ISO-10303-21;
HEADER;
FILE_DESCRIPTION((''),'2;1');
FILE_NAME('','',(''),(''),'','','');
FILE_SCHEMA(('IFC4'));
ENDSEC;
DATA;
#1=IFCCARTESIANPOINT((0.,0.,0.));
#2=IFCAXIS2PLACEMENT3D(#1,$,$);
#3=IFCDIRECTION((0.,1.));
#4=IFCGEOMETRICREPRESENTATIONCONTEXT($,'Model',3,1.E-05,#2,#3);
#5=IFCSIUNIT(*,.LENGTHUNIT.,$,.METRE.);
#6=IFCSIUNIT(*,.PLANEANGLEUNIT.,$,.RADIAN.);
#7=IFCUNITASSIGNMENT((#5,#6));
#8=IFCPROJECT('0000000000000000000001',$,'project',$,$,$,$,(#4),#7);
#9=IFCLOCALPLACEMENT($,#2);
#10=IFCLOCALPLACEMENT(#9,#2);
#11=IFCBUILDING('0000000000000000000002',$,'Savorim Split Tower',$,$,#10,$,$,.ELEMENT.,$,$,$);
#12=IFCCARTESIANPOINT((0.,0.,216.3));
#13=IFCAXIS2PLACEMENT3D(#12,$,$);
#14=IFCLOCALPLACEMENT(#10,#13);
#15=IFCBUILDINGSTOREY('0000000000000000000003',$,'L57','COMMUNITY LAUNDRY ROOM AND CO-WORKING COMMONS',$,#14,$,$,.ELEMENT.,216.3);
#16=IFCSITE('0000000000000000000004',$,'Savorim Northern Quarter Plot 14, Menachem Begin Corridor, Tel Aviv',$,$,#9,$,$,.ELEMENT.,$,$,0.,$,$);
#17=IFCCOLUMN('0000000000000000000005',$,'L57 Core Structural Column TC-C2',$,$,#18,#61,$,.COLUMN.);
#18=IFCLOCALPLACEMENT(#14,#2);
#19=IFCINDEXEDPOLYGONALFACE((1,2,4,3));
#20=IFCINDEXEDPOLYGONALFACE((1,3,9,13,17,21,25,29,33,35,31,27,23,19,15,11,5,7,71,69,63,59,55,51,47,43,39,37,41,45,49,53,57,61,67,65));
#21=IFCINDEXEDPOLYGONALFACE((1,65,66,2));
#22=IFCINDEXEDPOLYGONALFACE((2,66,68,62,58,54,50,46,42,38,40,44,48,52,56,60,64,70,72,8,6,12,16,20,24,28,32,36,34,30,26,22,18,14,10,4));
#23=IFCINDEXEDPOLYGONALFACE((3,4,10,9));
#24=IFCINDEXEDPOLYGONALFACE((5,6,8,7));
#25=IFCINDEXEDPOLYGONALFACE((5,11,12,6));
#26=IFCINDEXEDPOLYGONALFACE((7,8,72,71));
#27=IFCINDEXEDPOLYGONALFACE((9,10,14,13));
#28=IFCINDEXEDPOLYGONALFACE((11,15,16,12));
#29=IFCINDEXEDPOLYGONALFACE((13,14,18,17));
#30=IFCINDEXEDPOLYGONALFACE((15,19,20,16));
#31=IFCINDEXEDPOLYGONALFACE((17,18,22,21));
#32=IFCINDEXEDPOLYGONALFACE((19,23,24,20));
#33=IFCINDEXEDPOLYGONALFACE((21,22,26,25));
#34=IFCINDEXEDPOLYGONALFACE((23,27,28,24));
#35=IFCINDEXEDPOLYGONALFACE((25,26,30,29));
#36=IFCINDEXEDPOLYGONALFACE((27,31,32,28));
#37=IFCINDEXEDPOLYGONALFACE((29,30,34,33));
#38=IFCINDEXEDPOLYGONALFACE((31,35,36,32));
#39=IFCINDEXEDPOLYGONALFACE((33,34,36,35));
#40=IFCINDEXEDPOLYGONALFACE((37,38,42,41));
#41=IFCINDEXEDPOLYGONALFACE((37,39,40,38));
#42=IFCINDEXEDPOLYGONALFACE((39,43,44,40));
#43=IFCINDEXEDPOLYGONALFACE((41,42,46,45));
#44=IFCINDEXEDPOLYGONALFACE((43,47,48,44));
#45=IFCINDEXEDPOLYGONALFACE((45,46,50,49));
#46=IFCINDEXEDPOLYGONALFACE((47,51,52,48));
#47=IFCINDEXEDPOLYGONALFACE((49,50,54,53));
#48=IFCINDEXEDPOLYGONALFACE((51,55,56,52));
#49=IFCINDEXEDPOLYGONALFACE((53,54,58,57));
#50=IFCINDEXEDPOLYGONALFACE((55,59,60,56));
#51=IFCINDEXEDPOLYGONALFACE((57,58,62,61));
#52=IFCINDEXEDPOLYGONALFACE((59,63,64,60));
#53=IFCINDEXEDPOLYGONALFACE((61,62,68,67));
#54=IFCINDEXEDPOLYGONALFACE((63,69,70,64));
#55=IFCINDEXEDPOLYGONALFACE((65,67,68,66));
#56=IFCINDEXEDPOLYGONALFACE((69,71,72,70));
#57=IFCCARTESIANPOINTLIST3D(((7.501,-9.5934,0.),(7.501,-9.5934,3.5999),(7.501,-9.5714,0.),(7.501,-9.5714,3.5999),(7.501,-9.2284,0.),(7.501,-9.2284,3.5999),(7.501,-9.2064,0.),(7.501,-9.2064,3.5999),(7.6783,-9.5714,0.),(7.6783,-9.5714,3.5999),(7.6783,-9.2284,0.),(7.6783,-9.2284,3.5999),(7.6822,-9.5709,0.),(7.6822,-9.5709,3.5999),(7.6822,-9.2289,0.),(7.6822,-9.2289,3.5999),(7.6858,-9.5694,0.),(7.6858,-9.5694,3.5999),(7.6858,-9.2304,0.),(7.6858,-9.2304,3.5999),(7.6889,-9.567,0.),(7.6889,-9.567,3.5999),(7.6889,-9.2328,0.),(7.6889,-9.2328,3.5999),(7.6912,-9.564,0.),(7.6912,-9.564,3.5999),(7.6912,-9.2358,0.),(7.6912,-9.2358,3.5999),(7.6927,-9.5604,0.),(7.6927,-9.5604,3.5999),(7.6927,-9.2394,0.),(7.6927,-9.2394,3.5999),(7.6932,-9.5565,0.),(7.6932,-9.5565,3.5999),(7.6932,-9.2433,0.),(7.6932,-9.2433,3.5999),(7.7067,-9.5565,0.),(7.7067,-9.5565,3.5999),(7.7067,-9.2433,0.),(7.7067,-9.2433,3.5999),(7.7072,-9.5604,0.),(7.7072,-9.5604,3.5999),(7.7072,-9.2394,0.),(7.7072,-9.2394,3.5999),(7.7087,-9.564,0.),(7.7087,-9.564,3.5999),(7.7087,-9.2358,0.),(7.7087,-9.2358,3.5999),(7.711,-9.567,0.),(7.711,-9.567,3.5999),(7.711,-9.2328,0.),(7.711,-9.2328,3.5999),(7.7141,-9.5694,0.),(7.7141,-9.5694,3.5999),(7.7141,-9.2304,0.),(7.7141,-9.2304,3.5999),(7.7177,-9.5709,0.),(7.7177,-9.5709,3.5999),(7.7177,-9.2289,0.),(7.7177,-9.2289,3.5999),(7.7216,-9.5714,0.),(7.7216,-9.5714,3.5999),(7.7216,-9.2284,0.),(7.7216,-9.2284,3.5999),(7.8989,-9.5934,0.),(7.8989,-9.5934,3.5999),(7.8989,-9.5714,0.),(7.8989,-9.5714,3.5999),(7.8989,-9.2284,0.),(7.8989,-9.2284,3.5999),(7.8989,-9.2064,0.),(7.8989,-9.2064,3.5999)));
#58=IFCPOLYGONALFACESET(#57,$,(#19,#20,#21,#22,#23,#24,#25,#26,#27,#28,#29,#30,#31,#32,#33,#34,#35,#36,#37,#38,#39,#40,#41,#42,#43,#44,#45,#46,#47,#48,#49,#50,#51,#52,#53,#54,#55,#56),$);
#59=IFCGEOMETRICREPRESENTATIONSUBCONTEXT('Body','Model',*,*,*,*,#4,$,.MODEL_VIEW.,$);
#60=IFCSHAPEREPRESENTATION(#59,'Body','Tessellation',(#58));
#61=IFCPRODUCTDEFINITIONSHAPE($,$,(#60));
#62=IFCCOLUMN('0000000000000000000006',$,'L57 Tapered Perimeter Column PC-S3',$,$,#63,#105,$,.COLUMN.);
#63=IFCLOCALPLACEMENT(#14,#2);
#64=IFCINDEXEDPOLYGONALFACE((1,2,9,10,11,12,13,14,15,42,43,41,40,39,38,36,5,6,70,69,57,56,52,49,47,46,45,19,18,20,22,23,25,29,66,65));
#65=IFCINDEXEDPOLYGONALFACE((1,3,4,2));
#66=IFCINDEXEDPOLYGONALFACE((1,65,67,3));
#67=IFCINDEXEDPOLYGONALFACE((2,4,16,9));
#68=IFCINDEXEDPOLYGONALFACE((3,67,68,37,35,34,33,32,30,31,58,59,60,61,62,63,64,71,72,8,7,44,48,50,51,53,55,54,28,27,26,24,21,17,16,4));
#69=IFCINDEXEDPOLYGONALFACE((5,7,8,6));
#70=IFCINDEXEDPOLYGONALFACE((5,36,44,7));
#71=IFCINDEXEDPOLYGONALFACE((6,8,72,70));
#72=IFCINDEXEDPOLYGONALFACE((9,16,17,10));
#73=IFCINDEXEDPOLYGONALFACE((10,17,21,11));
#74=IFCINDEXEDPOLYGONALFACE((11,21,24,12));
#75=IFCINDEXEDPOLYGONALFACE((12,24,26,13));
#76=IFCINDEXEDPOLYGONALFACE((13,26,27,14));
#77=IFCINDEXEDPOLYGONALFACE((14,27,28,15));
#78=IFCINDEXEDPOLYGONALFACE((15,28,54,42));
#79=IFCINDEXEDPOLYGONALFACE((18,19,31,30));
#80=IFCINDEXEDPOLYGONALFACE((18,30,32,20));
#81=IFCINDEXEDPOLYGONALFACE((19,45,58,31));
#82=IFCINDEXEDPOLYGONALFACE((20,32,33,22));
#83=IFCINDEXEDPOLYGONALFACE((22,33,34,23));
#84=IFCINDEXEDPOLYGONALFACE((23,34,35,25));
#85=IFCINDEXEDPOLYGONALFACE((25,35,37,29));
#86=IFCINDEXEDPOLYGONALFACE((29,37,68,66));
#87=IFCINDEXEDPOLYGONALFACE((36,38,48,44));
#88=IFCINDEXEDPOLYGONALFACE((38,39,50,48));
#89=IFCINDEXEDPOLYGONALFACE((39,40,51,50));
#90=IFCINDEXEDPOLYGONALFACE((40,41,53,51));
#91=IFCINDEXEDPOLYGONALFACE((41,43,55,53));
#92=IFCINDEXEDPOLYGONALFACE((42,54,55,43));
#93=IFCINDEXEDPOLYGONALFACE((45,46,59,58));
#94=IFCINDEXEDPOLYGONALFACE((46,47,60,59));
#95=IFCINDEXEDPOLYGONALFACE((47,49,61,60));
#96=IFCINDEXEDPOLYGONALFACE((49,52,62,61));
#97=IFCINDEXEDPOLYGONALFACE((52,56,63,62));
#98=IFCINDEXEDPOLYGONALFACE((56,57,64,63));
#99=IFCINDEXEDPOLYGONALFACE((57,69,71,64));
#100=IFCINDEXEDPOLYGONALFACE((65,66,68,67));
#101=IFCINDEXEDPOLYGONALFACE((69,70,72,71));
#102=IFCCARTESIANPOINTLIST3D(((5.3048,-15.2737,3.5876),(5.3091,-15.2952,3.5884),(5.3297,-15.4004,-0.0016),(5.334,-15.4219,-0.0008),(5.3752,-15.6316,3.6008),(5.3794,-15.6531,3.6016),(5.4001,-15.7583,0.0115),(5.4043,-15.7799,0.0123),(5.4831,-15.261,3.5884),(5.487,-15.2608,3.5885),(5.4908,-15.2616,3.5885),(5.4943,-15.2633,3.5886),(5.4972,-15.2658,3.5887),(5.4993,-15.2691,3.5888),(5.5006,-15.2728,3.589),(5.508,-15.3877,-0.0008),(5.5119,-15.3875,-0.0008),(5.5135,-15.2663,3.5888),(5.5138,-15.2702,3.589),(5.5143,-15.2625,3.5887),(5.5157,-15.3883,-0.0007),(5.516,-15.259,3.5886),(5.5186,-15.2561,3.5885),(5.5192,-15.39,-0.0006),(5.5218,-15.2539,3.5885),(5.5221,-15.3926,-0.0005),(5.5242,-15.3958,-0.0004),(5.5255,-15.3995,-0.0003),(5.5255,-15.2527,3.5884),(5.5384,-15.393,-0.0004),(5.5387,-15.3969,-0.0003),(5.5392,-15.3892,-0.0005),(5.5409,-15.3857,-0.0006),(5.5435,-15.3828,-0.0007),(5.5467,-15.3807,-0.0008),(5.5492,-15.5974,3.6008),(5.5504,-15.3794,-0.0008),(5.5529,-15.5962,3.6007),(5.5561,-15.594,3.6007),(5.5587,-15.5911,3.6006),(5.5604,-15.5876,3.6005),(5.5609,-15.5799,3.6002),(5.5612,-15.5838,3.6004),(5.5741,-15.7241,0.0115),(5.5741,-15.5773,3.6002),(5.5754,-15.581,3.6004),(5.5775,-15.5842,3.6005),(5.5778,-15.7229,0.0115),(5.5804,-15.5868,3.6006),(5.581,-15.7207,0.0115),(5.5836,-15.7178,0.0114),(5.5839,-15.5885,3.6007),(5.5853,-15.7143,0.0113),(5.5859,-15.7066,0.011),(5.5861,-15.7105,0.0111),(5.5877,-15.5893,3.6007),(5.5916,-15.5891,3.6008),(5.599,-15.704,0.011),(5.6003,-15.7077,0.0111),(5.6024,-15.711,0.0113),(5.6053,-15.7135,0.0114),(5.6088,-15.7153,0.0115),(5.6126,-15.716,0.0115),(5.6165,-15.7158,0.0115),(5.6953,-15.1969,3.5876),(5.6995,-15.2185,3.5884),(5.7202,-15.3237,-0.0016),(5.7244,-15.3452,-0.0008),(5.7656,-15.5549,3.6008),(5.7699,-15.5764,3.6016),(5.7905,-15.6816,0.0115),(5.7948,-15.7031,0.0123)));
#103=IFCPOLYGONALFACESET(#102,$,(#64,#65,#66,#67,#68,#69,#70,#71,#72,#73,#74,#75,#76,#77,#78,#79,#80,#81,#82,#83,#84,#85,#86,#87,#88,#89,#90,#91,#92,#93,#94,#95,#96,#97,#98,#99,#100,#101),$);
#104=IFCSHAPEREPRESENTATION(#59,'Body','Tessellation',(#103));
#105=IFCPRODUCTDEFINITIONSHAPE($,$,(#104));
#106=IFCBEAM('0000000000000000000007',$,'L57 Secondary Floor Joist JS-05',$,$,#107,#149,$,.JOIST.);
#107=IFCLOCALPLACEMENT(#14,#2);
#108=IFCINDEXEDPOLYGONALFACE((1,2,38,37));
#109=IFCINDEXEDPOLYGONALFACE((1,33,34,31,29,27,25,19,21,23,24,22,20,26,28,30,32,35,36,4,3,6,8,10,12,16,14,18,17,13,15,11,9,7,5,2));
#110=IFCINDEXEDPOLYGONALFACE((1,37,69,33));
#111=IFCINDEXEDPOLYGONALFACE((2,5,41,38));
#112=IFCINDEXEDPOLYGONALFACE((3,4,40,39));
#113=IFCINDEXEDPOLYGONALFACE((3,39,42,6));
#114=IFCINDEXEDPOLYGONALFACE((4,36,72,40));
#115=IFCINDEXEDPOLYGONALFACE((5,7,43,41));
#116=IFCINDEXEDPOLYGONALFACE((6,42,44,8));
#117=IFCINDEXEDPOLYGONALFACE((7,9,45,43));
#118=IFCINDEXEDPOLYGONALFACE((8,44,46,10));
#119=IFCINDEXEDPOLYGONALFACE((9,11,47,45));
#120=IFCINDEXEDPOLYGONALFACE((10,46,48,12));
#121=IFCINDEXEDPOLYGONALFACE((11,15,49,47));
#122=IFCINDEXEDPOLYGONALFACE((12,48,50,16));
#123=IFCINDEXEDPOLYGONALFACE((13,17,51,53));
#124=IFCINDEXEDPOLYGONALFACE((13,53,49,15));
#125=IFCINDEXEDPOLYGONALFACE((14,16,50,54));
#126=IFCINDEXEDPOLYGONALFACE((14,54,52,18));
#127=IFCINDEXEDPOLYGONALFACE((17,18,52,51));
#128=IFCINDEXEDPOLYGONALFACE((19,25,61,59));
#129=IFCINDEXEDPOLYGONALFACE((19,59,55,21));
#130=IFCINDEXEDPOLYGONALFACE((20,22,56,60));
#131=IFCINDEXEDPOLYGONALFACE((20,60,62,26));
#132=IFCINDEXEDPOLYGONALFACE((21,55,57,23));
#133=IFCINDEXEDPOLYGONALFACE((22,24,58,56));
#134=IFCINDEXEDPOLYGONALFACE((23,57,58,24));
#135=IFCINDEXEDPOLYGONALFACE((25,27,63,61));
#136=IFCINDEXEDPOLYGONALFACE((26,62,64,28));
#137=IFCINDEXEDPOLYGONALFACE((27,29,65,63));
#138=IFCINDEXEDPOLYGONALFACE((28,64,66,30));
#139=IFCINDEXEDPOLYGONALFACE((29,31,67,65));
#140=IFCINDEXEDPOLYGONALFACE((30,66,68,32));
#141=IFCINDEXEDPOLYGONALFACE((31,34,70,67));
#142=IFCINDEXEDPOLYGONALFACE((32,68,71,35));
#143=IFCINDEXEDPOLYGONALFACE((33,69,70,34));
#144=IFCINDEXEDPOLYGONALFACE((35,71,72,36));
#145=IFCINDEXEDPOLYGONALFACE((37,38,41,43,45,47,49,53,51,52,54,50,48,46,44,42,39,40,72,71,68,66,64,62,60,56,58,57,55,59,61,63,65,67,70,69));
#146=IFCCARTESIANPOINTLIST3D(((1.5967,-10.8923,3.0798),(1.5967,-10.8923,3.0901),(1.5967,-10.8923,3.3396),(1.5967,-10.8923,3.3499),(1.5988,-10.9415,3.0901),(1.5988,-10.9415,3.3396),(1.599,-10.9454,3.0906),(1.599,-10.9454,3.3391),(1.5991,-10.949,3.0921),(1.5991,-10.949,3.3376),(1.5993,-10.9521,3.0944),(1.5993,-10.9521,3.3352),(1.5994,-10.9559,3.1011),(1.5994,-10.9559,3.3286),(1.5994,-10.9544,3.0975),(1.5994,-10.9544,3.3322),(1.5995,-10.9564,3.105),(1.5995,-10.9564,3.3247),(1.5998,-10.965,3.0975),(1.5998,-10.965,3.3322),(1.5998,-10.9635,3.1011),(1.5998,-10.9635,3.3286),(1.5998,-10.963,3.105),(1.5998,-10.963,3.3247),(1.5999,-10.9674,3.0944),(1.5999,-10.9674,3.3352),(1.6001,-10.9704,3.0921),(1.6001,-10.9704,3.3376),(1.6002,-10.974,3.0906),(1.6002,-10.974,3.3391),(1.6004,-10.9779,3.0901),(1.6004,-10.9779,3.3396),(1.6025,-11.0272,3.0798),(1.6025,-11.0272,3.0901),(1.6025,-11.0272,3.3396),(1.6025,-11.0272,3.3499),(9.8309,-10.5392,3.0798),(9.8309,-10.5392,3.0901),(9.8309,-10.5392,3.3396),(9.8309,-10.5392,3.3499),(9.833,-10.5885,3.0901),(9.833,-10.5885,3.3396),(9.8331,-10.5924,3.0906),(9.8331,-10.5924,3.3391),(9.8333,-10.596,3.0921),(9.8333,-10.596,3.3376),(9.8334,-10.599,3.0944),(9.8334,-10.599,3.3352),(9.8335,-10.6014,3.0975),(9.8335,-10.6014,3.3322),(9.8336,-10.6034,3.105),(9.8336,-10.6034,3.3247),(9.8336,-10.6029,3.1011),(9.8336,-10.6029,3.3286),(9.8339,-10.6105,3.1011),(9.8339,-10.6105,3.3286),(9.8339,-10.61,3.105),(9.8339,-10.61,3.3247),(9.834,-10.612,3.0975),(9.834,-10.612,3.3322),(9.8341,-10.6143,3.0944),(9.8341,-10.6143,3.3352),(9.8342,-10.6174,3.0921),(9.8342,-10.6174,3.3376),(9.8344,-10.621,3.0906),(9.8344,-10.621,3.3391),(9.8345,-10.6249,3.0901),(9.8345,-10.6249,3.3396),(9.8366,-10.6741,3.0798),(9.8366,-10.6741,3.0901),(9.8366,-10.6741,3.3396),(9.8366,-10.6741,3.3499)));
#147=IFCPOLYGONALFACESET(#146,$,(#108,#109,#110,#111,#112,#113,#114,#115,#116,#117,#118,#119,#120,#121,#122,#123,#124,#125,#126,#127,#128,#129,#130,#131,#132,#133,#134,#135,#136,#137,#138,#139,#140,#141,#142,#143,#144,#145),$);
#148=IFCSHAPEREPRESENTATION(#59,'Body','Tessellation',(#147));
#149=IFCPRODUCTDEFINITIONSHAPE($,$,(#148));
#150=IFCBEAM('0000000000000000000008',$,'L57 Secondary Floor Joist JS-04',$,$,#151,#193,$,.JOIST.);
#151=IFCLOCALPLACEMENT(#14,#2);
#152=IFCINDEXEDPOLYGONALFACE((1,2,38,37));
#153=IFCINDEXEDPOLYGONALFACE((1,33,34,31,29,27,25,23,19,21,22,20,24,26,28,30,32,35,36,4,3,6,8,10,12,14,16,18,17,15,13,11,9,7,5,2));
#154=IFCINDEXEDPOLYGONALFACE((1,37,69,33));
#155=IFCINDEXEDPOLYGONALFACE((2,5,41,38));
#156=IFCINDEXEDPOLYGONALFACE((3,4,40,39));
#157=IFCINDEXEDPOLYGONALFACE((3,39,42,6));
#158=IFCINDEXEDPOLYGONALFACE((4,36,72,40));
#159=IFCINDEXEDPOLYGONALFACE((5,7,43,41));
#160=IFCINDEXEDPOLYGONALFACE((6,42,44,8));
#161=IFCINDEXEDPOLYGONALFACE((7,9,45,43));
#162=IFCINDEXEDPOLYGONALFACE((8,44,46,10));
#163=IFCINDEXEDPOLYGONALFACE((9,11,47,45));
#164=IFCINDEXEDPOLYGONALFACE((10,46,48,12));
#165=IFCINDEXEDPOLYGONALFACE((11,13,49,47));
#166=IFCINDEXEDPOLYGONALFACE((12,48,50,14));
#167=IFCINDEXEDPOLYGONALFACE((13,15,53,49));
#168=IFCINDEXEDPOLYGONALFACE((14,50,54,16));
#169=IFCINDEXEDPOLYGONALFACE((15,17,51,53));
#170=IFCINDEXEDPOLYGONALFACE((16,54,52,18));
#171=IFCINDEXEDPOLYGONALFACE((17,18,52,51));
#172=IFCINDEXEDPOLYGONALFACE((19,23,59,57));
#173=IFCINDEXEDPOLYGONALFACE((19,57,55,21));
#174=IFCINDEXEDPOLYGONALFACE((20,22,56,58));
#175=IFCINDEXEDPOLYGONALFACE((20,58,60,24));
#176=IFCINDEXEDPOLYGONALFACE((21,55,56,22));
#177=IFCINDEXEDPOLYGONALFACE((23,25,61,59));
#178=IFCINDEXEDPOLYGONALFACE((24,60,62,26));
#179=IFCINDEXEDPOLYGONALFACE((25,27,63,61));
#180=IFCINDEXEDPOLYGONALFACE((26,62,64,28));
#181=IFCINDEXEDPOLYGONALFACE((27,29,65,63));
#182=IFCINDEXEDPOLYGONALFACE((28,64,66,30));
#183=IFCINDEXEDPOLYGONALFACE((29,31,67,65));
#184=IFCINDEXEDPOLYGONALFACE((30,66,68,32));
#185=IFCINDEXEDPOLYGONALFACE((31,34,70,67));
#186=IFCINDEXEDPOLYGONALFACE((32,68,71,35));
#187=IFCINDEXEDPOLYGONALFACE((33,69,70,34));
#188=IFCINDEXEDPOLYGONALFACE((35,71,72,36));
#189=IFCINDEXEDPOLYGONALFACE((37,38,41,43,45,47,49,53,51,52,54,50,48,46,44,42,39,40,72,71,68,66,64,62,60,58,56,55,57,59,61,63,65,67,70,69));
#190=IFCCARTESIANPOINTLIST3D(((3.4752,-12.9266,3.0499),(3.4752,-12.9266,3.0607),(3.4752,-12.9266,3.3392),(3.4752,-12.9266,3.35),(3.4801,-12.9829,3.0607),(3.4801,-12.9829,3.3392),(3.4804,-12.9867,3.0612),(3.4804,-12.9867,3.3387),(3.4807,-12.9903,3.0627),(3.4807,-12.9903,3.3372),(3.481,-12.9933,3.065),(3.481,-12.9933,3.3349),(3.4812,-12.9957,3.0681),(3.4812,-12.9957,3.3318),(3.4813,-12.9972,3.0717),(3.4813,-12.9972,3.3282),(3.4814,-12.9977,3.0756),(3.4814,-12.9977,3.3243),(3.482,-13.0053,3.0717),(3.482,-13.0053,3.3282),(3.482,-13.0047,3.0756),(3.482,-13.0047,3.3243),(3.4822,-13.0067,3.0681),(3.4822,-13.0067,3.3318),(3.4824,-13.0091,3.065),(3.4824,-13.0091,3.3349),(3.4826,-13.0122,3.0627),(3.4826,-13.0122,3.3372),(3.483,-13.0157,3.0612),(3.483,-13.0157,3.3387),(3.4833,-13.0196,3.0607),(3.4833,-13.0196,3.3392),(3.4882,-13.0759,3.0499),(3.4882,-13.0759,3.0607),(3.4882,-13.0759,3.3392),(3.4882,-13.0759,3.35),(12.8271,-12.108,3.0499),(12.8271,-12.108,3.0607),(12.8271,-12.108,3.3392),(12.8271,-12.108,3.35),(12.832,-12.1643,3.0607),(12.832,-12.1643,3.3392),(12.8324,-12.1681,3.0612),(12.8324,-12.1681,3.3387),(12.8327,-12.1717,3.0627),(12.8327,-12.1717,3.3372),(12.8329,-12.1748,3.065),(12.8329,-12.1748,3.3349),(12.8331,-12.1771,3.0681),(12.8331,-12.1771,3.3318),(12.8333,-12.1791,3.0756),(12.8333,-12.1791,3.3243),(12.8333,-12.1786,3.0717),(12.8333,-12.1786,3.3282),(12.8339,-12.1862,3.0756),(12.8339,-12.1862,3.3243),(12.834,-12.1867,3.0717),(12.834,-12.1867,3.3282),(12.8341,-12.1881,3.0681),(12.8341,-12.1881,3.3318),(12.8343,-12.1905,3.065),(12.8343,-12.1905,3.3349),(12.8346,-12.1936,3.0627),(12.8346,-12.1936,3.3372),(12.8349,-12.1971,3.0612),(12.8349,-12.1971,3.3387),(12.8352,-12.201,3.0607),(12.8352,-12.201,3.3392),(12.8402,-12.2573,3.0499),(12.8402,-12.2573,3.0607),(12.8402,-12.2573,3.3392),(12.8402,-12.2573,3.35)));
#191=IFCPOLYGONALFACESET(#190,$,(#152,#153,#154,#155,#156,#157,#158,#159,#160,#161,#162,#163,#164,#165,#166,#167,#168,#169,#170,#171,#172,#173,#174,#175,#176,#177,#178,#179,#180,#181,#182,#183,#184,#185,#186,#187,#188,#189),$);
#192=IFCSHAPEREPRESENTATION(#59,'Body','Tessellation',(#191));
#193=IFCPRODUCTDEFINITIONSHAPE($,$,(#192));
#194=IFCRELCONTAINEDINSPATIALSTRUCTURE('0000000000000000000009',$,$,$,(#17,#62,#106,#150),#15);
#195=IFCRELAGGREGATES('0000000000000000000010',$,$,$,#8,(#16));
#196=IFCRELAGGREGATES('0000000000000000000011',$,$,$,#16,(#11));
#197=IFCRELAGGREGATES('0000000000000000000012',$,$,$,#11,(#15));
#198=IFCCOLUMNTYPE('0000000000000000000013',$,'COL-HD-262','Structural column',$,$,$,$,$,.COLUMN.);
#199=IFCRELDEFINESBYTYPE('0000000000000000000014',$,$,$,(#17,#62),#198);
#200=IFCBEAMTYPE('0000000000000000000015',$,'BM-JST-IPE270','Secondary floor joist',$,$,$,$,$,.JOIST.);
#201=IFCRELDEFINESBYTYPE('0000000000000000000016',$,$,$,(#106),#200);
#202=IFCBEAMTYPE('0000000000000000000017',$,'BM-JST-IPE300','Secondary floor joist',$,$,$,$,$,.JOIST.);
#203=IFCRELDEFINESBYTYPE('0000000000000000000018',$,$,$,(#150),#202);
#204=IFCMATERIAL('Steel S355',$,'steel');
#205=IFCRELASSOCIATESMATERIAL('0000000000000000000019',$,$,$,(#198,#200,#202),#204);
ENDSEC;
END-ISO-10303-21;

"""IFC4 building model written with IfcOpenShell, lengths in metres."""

from ifc_helpers import new_model, si_unit, direction, frame, origin, origin_2d, place, context, subcontext, project, spatial, i_section, extrude, material, material_profile, profile_set, type_object, element, save


model = new_model("IFC4")

# Units and contexts
model_context = context("Model", 3, precision=1e-05, world=origin(), true_north=direction((0.0, 1.0)))
body_context = subcontext(model_context, "Body", "Model", "MODEL_VIEW")
ifc_project = project(units=[si_unit("LENGTHUNIT", "METRE"), si_unit("PLANEANGLEUNIT", "RADIAN")], contexts=[model_context])

# Site, building, storey
site_placement = place(None, origin())
site = spatial("IfcSite", under=ifc_project, at=site_placement, Name="Savorim Northern Quarter Plot 14, Menachem Begin Corridor, Tel Aviv", CompositionType="ELEMENT", RefElevation=0.0)
building_placement = place(site_placement, origin())
building = spatial("IfcBuilding", under=site, at=building_placement, Name="Savorim Split Tower", CompositionType="ELEMENT")
storey_placement = place(building_placement, frame((0.0, 0.0, 216.3)))
storey = spatial("IfcBuildingStorey", under=building, at=storey_placement, Name="L57", Description="COMMUNITY LAUNDRY ROOM AND CO-WORKING COMMONS", CompositionType="ELEMENT", Elevation=216.3)

# Columns
ifc_material_1 = material(Name="Steel S355", Category="steel")
ifc_material_profile_1 = material_profile(ifc_material_1, i_section(OverallWidth=0.3979, OverallDepth=0.387, WebThickness=0.0134, FlangeThickness=0.022, FilletRadius=0.0149, at=origin_2d()), Name="HD 400x262")
ifc_profile_set_1 = profile_set([ifc_material_profile_1], Name="Steel S355")
column_type = type_object("IfcColumnType", Name="COL-HD-262", Description="Structural column", PredefinedType="COLUMN", material=ifc_profile_set_1)
column_1_placement = place(storey_placement, frame((7.7, -9.3999, 0.0), z_axis=(0.0, 0.0, 1.0), x_axis=(1.0, 0.0, 0.0)))
element("IfcColumn", 1, at=column_1_placement, inside=storey, type_object=column_type, Name="L57 Core Structural Column TC-C2", PredefinedType="COLUMN", context=body_context, shape_type="SweptSolid", body=[
    extrude(i_section(OverallWidth=0.3979, OverallDepth=0.387, WebThickness=0.0134, FlangeThickness=0.022, FilletRadius=0.0149, at=origin_2d()), origin(), (0.0, 0.0, 1.0), 3.5999),
])
column_2_placement = place(storey_placement, frame((5.5623, -15.5518, 0.0054), z_axis=(-0.006934, 0.035281, 0.999353), x_axis=(-0.98123, -0.192843, 0.0)))
element("IfcColumn", 2, at=column_2_placement, inside=storey, type_object=column_type, Name="L57 Tapered Perimeter Column PC-S3", PredefinedType="COLUMN", context=body_context, shape_type="SweptSolid", body=[
    extrude(i_section(OverallWidth=0.3979, OverallDepth=0.387, WebThickness=0.0134, FlangeThickness=0.022, FilletRadius=0.0149, at=origin_2d()), origin(), (0.0, 0.0, 1.0), 3.5916),
])

# Beams
ifc_material_profile_2 = material_profile(ifc_material_1, i_section(OverallWidth=0.135, OverallDepth=0.27, WebThickness=0.0066, FlangeThickness=0.0103, FilletRadius=0.0149, at=origin_2d()), Name="IPE 270")
ifc_profile_set_2 = profile_set([ifc_material_profile_2], Name="Steel S355")
beam_type_1 = type_object("IfcBeamType", Name="BM-JST-IPE270", Description="Secondary floor joist", PredefinedType="JOIST", material=ifc_profile_set_2)
beam_1_placement = place(storey_placement, frame((1.5996, -10.9597, 3.2148), z_axis=(0.999082, 0.042834, 0.0), x_axis=(-0.042834, 0.999082, 0.0)))
element("IfcBeam", 3, at=beam_1_placement, inside=storey, type_object=beam_type_1, Name="L57 Secondary Floor Joist JS-05", PredefinedType="JOIST", context=body_context, shape_type="SweptSolid", body=[
    extrude(i_section(OverallWidth=0.135, OverallDepth=0.27, WebThickness=0.0066, FlangeThickness=0.0103, FilletRadius=0.0149, at=origin_2d()), origin(), (0.0, 0.0, 1.0), 8.2417),
])
ifc_material_profile_3 = material_profile(ifc_material_1, i_section(OverallWidth=0.1499, OverallDepth=0.3, WebThickness=0.0071, FlangeThickness=0.0107, FilletRadius=0.0149, at=origin_2d()), Name="IPE 300")
ifc_profile_set_3 = profile_set([ifc_material_profile_3], Name="Steel S355")
beam_type_2 = type_object("IfcBeamType", Name="BM-JST-IPE300", Description="Secondary floor joist", PredefinedType="JOIST", material=ifc_profile_set_3)
beam_2_placement = place(storey_placement, frame((3.4817, -13.0012, 3.2), z_axis=(0.996191, 0.087199, 0.0), x_axis=(-0.087199, 0.996191, 0.0)))
element("IfcBeam", 4, at=beam_2_placement, inside=storey, type_object=beam_type_2, Name="L57 Secondary Floor Joist JS-04", PredefinedType="JOIST", context=body_context, shape_type="SweptSolid", body=[
    extrude(i_section(OverallWidth=0.1499, OverallDepth=0.3, WebThickness=0.0071, FlangeThickness=0.0107, FilletRadius=0.0149, at=origin_2d()), origin(), (0.0, 0.0, 1.0), 9.3877),
])

save(model, "model.ifc")
